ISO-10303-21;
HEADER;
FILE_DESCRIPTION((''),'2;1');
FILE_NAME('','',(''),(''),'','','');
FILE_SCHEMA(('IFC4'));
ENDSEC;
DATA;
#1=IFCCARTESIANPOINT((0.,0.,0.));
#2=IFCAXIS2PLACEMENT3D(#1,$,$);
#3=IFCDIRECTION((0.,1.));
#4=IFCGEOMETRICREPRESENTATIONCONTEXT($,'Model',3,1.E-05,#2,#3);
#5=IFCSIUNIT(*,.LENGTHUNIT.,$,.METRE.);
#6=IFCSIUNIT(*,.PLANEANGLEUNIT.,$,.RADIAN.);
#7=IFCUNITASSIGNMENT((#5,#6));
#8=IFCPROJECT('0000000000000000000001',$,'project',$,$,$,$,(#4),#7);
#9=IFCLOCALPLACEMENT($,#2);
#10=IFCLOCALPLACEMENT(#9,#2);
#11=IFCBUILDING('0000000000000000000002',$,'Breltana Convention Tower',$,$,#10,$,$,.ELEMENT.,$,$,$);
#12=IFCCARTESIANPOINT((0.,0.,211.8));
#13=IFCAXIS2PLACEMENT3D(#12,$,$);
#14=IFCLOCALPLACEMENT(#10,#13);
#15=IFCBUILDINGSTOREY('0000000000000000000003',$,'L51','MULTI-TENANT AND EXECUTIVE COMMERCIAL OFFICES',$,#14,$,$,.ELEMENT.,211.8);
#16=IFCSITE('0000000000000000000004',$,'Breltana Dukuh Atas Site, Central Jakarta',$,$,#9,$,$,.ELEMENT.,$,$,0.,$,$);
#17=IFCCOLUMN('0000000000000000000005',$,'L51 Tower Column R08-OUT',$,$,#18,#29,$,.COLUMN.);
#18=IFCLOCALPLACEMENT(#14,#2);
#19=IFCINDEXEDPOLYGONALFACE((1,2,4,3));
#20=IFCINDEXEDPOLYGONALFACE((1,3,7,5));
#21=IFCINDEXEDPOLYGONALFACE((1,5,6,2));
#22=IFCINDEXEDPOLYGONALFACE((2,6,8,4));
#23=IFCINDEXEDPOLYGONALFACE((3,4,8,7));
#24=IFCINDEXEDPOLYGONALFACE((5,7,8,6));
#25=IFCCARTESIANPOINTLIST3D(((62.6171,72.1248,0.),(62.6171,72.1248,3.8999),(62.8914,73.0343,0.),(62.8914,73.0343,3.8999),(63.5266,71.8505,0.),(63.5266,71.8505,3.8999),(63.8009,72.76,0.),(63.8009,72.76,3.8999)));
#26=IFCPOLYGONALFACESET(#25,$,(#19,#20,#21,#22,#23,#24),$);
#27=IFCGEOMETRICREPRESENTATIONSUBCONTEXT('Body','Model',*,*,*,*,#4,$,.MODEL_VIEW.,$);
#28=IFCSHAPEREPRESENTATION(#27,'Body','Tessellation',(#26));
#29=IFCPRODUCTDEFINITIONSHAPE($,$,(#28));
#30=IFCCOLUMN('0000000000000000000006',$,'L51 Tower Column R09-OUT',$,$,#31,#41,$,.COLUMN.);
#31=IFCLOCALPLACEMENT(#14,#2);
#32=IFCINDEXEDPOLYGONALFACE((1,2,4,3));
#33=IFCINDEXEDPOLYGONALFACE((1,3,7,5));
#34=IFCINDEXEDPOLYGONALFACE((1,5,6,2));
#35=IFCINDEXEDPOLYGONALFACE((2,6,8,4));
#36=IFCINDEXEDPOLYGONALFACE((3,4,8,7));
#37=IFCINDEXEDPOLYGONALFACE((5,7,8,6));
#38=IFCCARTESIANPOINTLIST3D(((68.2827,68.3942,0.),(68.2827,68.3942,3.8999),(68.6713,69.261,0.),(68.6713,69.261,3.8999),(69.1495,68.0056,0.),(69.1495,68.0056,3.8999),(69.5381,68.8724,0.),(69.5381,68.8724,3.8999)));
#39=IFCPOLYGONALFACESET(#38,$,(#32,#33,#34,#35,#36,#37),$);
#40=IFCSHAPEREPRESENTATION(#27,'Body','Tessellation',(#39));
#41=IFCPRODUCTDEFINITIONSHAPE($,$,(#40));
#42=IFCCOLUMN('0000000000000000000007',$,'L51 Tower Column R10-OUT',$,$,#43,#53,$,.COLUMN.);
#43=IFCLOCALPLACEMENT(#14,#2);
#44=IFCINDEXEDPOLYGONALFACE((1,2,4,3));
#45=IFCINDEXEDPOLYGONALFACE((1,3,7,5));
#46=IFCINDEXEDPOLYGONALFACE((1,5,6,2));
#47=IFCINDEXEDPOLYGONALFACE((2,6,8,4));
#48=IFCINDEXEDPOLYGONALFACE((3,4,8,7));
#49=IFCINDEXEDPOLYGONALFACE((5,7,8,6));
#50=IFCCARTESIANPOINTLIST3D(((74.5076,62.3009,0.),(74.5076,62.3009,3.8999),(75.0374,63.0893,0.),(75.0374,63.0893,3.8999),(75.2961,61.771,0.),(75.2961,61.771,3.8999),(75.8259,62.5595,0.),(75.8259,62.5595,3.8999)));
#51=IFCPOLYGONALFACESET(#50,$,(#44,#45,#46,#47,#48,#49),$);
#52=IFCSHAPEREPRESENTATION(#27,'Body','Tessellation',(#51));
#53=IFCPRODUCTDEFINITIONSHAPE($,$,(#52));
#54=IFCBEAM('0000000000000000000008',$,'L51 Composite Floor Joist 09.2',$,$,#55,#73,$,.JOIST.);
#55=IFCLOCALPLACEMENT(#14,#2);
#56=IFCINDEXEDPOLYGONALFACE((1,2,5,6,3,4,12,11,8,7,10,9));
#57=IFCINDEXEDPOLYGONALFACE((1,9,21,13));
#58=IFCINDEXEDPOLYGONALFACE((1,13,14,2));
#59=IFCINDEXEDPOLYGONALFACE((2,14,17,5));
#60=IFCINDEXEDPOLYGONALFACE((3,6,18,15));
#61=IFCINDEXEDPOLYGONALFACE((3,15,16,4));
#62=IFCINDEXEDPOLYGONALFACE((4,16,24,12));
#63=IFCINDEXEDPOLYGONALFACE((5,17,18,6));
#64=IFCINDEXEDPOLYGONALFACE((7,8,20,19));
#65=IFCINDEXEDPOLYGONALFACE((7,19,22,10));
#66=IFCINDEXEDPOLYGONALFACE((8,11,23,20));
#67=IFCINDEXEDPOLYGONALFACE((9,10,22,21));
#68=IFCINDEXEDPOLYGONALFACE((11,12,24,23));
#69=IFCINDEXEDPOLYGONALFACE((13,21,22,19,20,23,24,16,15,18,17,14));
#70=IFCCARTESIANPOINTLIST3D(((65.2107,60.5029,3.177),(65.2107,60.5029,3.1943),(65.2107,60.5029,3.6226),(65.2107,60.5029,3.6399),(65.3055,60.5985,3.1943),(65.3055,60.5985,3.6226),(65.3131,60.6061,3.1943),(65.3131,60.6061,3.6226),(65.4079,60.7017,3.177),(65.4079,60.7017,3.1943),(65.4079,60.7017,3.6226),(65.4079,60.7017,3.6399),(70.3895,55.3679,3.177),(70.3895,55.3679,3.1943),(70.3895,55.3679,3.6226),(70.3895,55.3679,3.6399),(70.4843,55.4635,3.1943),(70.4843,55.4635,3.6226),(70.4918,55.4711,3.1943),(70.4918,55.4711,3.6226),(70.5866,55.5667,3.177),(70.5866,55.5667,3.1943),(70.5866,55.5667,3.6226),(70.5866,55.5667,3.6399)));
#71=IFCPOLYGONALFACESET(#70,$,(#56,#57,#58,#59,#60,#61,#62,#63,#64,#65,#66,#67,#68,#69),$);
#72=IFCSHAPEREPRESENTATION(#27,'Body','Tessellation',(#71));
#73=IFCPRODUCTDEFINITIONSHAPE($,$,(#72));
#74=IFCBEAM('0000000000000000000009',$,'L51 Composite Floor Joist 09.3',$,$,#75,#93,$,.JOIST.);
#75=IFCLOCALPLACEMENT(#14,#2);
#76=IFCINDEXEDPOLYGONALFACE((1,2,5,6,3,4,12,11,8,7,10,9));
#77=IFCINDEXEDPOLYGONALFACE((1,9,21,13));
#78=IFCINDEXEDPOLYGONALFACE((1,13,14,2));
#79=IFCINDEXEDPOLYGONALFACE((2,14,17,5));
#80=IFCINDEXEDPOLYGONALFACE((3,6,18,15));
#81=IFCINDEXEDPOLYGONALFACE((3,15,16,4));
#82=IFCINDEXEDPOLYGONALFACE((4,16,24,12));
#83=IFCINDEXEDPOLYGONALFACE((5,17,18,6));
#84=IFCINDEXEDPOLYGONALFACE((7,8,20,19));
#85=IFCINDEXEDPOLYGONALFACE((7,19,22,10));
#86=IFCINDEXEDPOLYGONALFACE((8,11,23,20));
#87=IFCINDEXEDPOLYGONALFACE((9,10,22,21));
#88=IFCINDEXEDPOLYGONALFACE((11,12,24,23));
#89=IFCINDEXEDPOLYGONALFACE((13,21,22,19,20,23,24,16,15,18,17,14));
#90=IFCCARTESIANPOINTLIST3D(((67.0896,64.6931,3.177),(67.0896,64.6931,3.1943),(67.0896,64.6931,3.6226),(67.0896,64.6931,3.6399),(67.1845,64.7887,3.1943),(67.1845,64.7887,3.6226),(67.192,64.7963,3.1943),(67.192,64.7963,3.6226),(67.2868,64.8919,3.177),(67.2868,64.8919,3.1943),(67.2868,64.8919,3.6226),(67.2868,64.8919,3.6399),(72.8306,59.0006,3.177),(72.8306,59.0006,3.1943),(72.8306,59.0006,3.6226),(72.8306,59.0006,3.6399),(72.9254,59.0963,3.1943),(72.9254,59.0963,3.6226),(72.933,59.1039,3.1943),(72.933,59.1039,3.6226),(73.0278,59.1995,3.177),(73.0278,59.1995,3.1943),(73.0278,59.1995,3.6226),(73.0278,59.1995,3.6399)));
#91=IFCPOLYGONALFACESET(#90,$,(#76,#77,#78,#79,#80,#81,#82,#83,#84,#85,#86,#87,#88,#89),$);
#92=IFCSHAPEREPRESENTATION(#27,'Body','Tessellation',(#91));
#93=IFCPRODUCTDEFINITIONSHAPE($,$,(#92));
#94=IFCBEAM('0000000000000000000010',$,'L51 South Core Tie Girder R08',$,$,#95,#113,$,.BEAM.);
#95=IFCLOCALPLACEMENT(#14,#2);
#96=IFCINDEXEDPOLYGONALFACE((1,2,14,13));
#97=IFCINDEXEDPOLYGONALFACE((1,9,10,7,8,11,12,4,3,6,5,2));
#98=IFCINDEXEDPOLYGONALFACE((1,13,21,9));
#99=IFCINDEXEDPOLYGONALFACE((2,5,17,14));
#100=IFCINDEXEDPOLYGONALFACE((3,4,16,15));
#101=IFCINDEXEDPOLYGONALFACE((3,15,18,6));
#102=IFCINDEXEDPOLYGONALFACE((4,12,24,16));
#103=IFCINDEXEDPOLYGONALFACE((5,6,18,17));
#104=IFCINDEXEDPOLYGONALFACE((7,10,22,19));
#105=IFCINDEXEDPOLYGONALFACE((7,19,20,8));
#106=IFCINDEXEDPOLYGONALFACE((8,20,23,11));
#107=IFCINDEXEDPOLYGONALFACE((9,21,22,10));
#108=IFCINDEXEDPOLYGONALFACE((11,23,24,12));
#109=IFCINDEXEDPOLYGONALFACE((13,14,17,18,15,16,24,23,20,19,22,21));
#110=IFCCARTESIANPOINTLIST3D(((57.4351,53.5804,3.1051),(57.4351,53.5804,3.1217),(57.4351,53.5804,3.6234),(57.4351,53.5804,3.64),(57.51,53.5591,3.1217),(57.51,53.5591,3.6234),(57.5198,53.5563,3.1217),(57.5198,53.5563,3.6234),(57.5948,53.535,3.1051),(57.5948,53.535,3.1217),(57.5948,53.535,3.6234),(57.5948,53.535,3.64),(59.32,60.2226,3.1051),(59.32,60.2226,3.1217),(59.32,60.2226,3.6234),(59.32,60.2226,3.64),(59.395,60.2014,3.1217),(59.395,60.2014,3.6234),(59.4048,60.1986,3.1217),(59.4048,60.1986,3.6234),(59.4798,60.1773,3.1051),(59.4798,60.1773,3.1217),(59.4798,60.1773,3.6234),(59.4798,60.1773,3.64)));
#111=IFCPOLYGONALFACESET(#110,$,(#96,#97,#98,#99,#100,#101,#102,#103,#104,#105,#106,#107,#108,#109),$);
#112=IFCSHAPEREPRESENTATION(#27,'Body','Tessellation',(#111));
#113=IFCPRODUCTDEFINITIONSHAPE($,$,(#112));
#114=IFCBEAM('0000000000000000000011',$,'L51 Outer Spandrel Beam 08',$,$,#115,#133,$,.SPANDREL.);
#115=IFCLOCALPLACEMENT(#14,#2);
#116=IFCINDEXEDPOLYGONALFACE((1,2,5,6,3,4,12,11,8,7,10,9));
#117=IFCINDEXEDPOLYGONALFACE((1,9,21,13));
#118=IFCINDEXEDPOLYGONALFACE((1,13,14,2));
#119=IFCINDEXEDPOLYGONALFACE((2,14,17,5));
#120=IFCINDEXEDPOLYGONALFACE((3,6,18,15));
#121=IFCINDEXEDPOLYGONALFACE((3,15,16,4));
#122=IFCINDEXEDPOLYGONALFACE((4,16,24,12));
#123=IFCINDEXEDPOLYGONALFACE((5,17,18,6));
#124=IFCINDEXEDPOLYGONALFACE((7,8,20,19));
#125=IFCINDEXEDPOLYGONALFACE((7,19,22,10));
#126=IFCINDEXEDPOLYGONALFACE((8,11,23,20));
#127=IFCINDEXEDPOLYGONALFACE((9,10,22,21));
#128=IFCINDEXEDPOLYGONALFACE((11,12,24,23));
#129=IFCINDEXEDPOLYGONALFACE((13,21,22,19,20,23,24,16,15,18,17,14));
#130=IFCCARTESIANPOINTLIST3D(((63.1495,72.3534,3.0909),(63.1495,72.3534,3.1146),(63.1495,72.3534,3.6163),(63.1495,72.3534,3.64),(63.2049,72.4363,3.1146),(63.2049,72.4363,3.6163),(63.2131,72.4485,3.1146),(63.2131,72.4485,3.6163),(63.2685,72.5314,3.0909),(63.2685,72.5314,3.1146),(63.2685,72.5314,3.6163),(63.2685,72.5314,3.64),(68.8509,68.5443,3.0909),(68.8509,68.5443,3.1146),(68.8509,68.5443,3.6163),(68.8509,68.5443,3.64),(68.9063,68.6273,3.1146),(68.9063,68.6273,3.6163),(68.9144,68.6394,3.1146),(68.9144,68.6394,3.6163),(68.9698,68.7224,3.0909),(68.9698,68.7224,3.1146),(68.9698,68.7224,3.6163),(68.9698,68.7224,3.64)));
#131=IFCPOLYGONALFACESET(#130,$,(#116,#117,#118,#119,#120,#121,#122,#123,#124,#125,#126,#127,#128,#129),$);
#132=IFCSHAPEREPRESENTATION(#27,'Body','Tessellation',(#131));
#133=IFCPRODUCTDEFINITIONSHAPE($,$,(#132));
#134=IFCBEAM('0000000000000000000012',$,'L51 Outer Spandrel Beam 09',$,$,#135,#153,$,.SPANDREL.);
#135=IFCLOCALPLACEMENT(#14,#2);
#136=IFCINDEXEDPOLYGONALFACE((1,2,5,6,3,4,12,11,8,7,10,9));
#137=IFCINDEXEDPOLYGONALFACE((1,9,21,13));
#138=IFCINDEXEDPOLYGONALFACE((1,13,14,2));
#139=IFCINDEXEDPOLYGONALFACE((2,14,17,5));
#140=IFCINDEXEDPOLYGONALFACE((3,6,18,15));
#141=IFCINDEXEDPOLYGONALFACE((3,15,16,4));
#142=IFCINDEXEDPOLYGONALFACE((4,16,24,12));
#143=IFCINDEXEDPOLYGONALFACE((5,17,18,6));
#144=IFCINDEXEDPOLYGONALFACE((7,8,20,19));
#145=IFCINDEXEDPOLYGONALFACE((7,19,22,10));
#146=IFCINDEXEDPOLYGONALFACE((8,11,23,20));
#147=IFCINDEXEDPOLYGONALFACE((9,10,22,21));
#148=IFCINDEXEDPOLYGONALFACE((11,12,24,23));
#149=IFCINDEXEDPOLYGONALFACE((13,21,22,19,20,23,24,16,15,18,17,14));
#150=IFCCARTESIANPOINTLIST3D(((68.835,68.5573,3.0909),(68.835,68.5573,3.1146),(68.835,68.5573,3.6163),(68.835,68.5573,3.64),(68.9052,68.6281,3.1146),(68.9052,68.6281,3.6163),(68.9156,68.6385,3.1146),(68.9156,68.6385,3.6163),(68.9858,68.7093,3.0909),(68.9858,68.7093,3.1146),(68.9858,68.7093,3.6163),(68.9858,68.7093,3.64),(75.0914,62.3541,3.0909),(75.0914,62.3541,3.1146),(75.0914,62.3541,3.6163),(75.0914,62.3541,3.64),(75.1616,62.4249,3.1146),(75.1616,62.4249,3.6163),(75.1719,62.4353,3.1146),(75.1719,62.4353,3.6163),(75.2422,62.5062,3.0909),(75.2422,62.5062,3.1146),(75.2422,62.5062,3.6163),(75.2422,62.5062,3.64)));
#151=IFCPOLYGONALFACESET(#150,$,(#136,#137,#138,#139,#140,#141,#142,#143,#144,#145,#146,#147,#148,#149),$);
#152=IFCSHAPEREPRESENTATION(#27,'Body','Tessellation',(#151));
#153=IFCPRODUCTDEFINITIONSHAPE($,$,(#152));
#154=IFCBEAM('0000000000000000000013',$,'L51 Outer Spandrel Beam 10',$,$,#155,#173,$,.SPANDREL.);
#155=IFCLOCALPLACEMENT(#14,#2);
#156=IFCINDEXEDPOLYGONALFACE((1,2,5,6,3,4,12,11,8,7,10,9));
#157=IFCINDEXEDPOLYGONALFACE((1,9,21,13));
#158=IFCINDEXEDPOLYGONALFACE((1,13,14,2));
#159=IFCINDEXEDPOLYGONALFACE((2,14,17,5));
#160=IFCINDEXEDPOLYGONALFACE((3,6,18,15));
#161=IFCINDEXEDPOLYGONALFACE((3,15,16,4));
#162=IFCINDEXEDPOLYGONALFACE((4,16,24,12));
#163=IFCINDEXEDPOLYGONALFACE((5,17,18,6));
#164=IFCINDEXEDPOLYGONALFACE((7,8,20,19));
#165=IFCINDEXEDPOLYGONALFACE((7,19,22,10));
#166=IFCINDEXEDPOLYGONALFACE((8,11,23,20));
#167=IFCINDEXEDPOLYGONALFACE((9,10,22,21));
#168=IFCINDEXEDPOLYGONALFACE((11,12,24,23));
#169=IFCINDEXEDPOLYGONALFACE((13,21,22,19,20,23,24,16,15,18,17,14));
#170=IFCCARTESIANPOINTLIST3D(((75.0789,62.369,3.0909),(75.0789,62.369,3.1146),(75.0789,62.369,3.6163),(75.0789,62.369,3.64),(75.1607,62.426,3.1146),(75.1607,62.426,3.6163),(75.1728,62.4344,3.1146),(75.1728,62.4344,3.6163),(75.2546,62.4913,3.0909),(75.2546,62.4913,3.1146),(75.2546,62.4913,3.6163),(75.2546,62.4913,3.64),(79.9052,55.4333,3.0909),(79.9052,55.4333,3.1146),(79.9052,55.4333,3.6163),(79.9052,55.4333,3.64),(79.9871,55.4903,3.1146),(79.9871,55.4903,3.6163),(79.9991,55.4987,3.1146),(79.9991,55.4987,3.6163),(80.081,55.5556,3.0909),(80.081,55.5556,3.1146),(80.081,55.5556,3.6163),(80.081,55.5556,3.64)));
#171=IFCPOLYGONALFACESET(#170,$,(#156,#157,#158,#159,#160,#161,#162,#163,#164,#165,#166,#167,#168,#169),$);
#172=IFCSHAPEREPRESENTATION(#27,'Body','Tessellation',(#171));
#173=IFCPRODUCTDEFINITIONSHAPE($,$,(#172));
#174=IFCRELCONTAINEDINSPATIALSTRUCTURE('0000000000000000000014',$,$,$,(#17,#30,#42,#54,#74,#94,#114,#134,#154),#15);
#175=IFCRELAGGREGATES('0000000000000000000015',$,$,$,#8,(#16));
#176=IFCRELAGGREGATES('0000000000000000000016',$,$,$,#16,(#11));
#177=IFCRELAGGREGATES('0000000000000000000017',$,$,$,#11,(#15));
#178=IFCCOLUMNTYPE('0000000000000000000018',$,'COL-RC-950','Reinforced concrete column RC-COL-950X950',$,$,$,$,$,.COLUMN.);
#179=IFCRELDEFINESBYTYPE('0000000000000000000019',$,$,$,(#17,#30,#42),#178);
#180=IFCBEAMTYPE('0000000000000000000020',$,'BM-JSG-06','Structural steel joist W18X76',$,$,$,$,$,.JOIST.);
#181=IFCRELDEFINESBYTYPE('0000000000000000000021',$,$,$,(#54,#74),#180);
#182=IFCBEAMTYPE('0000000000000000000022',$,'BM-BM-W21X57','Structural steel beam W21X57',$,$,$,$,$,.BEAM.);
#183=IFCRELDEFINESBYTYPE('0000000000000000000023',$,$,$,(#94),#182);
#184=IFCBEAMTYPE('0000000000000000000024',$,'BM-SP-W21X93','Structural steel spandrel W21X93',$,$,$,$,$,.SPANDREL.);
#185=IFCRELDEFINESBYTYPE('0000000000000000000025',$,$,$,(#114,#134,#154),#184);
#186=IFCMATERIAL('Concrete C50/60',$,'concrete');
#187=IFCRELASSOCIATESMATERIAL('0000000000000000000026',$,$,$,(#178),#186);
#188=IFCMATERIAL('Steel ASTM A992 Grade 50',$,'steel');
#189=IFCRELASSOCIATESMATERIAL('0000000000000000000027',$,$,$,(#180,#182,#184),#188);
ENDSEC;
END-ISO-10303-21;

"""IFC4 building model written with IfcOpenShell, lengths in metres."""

from ifc_helpers import new_model, si_unit, direction, frame, origin, origin_2d, place, context, subcontext, project, spatial, rectangle, i_section, extrude, source, transform, mapped, material, material_profile, profile_set, type_object, type_shapes, element, save


model = new_model("IFC4")

# Units and contexts
model_context = context("Model", 3, precision=1e-05, world=origin(), true_north=direction((0.0, 1.0)))
body_context = subcontext(model_context, "Body", "Model", "MODEL_VIEW")
ifc_project = project(units=[si_unit("LENGTHUNIT", "METRE"), si_unit("PLANEANGLEUNIT", "RADIAN")], contexts=[model_context])

# Site, building, storey
site_placement = place(None, origin())
site = spatial("IfcSite", under=ifc_project, at=site_placement, Name="Breltana Dukuh Atas Site, Central Jakarta", CompositionType="ELEMENT", RefElevation=0.0)
building_placement = place(site_placement, origin())
building = spatial("IfcBuilding", under=site, at=building_placement, Name="Breltana Convention Tower", CompositionType="ELEMENT")
storey_placement = place(building_placement, frame((0.0, 0.0, 211.8)))
storey = spatial("IfcBuildingStorey", under=building, at=storey_placement, Name="L51", Description="MULTI-TENANT AND EXECUTIVE COMMERCIAL OFFICES", CompositionType="ELEMENT", Elevation=211.8)

# Columns
ifc_material_1 = material(Name="Concrete C50/60", Category="concrete")
ifc_material_profile_1 = material_profile(ifc_material_1, rectangle(XDim=0.95, YDim=0.95, at=origin_2d()), Name="RC-COL-950X950")
ifc_profile_set_1 = profile_set([ifc_material_profile_1], Name="Concrete C50/60")
column_type = type_object("IfcColumnType", Name="COL-RC-950", Description="Reinforced concrete column RC-COL-950X950", PredefinedType="COLUMN", material=ifc_profile_set_1)
shared_shape_1 = source(origin(), body_context, "Body", "SweptSolid", [
    extrude(rectangle(XDim=0.95, YDim=0.95, at=origin_2d()), origin(), (0.0, 0.0, 1.0), 3.8999),
])
for number, where, z_axis, x_axis, name in (
    (1, (63.209, 72.4424, 0.0), (0.0, 0.0, 1.0), (0.288698, 0.95742, 0.0), "L51 Tower Column R08-OUT"),
    (2, (68.9104, 68.6333, 0.0), (0.0, 0.0, 1.0), (0.409127, 0.912477, 0.0), "L51 Tower Column R09-OUT"),
    (3, (75.1667, 62.4302, 0.0), (0.0, 0.0, 1.0), (0.557745, 0.830012, 0.0), "L51 Tower Column R10-OUT"),
):
    element("IfcColumn", number, at=place(storey_placement, frame(where, z_axis=z_axis, x_axis=x_axis)), inside=storey, type_object=column_type, Name=name, PredefinedType="COLUMN", context=body_context, shape_type="MappedRepresentation", body=[
        mapped(shared_shape_1, transform((0.0, 0.0, 0.0), scale=1.0)),
    ])

# Beams
ifc_material_2 = material(Name="Steel ASTM A992 Grade 50", Category="steel")
ifc_material_profile_2 = material_profile(ifc_material_2, i_section(OverallWidth=0.28, OverallDepth=0.4629, WebThickness=0.0107, FlangeThickness=0.0173, at=origin_2d()), Name="W18X76")
ifc_profile_set_2 = profile_set([ifc_material_profile_2], Name="Steel ASTM A992 Grade 50")
beam_type_1 = type_object("IfcBeamType", Name="BM-JSG-06", Description="Structural steel joist W18X76", PredefinedType="JOIST", material=ifc_profile_set_2)
shared_shape_2 = source(origin(), body_context, "Body", "SweptSolid", [
    extrude(i_section(OverallWidth=0.28, OverallDepth=0.4629, WebThickness=0.0107, FlangeThickness=0.0173, at=origin_2d()), origin(), (0.0, 0.0, 1.0), 7.293),
])
beam_1_placement = place(storey_placement, frame((65.3093, 60.6023, 3.4084), z_axis=(0.710097, -0.704104, 0.0), x_axis=(0.704104, 0.710097, 0.0)))
element("IfcBeam", 4, at=beam_1_placement, inside=storey, type_object=beam_type_1, Name="L51 Composite Floor Joist 09.2", PredefinedType="JOIST", context=body_context, shape_type="MappedRepresentation", body=[
    mapped(shared_shape_2, transform((0.0, 0.0, 0.0), scale=1.0)),
])
shared_shape_3 = source(origin(), body_context, "Body", "SweptSolid", [
    extrude(i_section(OverallWidth=0.28, OverallDepth=0.4629, WebThickness=0.0107, FlangeThickness=0.0173, at=origin_2d()), origin(), (0.0, 0.0, 1.0), 8.0847),
])
beam_2_placement = place(storey_placement, frame((67.1882, 64.7925, 3.4084), z_axis=(0.710105, -0.704096, 0.0), x_axis=(0.704096, 0.710105, 0.0)))
element("IfcBeam", 5, at=beam_2_placement, inside=storey, type_object=beam_type_1, Name="L51 Composite Floor Joist 09.3", PredefinedType="JOIST", context=body_context, shape_type="MappedRepresentation", body=[
    mapped(shared_shape_3, transform((0.0, 0.0, 0.0), scale=1.0)),
])
ifc_material_profile_3 = material_profile(ifc_material_2, i_section(OverallWidth=0.166, OverallDepth=0.5349, WebThickness=0.0103, FlangeThickness=0.0166, at=origin_2d()), Name="W21X57")
ifc_profile_set_3 = profile_set([ifc_material_profile_3], Name="Steel ASTM A992 Grade 50")
beam_type_2 = type_object("IfcBeamType", Name="BM-BM-W21X57", Description="Structural steel beam W21X57", PredefinedType="BEAM", material=ifc_profile_set_3)
shared_shape_4 = source(origin(), body_context, "Body", "SweptSolid", [
    extrude(i_section(OverallWidth=0.166, OverallDepth=0.5349, WebThickness=0.0103, FlangeThickness=0.0166, at=origin_2d()), origin(), (0.0, 0.0, 1.0), 6.9045),
])
type_shapes(beam_type_2, [shared_shape_4])
beam_3_placement = place(storey_placement, frame((59.3999, 60.2, 3.3726), z_axis=(-0.273007, -0.962012, 0.0), x_axis=(0.962012, -0.273007, 0.0)))
element("IfcBeam", 6, at=beam_3_placement, inside=storey, type_object=beam_type_2, Name="L51 South Core Tie Girder R08", PredefinedType="BEAM", context=body_context, shape_type="MappedRepresentation", body=[
    mapped(shared_shape_4, transform((0.0, 0.0, 0.0), scale=1.0)),
])
ifc_material_profile_4 = material_profile(ifc_material_2, i_section(OverallWidth=0.2141, OverallDepth=0.5491, WebThickness=0.0146, FlangeThickness=0.0237, at=origin_2d()), Name="W21X93")
ifc_profile_set_4 = profile_set([ifc_material_profile_4], Name="Steel ASTM A992 Grade 50")
beam_type_3 = type_object("IfcBeamType", Name="BM-SP-W21X93", Description="Structural steel spandrel W21X93", PredefinedType="SPANDREL", material=ifc_profile_set_4)
shared_shape_5 = source(origin(), body_context, "Body", "SweptSolid", [
    extrude(i_section(OverallWidth=0.2141, OverallDepth=0.5491, WebThickness=0.0146, FlangeThickness=0.0237, at=origin_2d()), origin(), (0.0, 0.0, 1.0), 6.8567),
])
beam_4_placement = place(storey_placement, frame((63.209, 72.4424, 3.3655), z_axis=(0.831502, -0.555522, 0.0), x_axis=(0.555522, 0.831502, 0.0)))
element("IfcBeam", 7, at=beam_4_placement, inside=storey, type_object=beam_type_3, Name="L51 Outer Spandrel Beam 08", PredefinedType="SPANDREL", context=body_context, shape_type="MappedRepresentation", body=[
    mapped(shared_shape_5, transform((0.0, 0.0, 0.0), scale=1.0)),
])
shared_shape_6 = source(origin(), body_context, "Body", "SweptSolid", [
    extrude(i_section(OverallWidth=0.2141, OverallDepth=0.5491, WebThickness=0.0146, FlangeThickness=0.0237, at=origin_2d()), origin(), (0.0, 0.0, 1.0), 8.8103),
])
beam_5_placement = place(storey_placement, frame((68.9104, 68.6333, 3.3655), z_axis=(0.710121, -0.70408, 0.0), x_axis=(0.70408, 0.710121, 0.0)))
element("IfcBeam", 8, at=beam_5_placement, inside=storey, type_object=beam_type_3, Name="L51 Outer Spandrel Beam 09", PredefinedType="SPANDREL", context=body_context, shape_type="MappedRepresentation", body=[
    mapped(shared_shape_6, transform((0.0, 0.0, 0.0), scale=1.0)),
])
shared_shape_7 = source(origin(), body_context, "Body", "SweptSolid", [
    extrude(i_section(OverallWidth=0.2141, OverallDepth=0.5491, WebThickness=0.0146, FlangeThickness=0.0237, at=origin_2d()), origin(), (0.0, 0.0, 1.0), 8.4497),
])
beam_6_placement = place(storey_placement, frame((75.1667, 62.4302, 3.3655), z_axis=(0.571186, -0.820821, 0.0), x_axis=(0.820821, 0.571186, 0.0)))
element("IfcBeam", 9, at=beam_6_placement, inside=storey, type_object=beam_type_3, Name="L51 Outer Spandrel Beam 10", PredefinedType="SPANDREL", context=body_context, shape_type="MappedRepresentation", body=[
    mapped(shared_shape_7, transform((0.0, 0.0, 0.0), scale=1.0)),
])

save(model, "model.ifc")
